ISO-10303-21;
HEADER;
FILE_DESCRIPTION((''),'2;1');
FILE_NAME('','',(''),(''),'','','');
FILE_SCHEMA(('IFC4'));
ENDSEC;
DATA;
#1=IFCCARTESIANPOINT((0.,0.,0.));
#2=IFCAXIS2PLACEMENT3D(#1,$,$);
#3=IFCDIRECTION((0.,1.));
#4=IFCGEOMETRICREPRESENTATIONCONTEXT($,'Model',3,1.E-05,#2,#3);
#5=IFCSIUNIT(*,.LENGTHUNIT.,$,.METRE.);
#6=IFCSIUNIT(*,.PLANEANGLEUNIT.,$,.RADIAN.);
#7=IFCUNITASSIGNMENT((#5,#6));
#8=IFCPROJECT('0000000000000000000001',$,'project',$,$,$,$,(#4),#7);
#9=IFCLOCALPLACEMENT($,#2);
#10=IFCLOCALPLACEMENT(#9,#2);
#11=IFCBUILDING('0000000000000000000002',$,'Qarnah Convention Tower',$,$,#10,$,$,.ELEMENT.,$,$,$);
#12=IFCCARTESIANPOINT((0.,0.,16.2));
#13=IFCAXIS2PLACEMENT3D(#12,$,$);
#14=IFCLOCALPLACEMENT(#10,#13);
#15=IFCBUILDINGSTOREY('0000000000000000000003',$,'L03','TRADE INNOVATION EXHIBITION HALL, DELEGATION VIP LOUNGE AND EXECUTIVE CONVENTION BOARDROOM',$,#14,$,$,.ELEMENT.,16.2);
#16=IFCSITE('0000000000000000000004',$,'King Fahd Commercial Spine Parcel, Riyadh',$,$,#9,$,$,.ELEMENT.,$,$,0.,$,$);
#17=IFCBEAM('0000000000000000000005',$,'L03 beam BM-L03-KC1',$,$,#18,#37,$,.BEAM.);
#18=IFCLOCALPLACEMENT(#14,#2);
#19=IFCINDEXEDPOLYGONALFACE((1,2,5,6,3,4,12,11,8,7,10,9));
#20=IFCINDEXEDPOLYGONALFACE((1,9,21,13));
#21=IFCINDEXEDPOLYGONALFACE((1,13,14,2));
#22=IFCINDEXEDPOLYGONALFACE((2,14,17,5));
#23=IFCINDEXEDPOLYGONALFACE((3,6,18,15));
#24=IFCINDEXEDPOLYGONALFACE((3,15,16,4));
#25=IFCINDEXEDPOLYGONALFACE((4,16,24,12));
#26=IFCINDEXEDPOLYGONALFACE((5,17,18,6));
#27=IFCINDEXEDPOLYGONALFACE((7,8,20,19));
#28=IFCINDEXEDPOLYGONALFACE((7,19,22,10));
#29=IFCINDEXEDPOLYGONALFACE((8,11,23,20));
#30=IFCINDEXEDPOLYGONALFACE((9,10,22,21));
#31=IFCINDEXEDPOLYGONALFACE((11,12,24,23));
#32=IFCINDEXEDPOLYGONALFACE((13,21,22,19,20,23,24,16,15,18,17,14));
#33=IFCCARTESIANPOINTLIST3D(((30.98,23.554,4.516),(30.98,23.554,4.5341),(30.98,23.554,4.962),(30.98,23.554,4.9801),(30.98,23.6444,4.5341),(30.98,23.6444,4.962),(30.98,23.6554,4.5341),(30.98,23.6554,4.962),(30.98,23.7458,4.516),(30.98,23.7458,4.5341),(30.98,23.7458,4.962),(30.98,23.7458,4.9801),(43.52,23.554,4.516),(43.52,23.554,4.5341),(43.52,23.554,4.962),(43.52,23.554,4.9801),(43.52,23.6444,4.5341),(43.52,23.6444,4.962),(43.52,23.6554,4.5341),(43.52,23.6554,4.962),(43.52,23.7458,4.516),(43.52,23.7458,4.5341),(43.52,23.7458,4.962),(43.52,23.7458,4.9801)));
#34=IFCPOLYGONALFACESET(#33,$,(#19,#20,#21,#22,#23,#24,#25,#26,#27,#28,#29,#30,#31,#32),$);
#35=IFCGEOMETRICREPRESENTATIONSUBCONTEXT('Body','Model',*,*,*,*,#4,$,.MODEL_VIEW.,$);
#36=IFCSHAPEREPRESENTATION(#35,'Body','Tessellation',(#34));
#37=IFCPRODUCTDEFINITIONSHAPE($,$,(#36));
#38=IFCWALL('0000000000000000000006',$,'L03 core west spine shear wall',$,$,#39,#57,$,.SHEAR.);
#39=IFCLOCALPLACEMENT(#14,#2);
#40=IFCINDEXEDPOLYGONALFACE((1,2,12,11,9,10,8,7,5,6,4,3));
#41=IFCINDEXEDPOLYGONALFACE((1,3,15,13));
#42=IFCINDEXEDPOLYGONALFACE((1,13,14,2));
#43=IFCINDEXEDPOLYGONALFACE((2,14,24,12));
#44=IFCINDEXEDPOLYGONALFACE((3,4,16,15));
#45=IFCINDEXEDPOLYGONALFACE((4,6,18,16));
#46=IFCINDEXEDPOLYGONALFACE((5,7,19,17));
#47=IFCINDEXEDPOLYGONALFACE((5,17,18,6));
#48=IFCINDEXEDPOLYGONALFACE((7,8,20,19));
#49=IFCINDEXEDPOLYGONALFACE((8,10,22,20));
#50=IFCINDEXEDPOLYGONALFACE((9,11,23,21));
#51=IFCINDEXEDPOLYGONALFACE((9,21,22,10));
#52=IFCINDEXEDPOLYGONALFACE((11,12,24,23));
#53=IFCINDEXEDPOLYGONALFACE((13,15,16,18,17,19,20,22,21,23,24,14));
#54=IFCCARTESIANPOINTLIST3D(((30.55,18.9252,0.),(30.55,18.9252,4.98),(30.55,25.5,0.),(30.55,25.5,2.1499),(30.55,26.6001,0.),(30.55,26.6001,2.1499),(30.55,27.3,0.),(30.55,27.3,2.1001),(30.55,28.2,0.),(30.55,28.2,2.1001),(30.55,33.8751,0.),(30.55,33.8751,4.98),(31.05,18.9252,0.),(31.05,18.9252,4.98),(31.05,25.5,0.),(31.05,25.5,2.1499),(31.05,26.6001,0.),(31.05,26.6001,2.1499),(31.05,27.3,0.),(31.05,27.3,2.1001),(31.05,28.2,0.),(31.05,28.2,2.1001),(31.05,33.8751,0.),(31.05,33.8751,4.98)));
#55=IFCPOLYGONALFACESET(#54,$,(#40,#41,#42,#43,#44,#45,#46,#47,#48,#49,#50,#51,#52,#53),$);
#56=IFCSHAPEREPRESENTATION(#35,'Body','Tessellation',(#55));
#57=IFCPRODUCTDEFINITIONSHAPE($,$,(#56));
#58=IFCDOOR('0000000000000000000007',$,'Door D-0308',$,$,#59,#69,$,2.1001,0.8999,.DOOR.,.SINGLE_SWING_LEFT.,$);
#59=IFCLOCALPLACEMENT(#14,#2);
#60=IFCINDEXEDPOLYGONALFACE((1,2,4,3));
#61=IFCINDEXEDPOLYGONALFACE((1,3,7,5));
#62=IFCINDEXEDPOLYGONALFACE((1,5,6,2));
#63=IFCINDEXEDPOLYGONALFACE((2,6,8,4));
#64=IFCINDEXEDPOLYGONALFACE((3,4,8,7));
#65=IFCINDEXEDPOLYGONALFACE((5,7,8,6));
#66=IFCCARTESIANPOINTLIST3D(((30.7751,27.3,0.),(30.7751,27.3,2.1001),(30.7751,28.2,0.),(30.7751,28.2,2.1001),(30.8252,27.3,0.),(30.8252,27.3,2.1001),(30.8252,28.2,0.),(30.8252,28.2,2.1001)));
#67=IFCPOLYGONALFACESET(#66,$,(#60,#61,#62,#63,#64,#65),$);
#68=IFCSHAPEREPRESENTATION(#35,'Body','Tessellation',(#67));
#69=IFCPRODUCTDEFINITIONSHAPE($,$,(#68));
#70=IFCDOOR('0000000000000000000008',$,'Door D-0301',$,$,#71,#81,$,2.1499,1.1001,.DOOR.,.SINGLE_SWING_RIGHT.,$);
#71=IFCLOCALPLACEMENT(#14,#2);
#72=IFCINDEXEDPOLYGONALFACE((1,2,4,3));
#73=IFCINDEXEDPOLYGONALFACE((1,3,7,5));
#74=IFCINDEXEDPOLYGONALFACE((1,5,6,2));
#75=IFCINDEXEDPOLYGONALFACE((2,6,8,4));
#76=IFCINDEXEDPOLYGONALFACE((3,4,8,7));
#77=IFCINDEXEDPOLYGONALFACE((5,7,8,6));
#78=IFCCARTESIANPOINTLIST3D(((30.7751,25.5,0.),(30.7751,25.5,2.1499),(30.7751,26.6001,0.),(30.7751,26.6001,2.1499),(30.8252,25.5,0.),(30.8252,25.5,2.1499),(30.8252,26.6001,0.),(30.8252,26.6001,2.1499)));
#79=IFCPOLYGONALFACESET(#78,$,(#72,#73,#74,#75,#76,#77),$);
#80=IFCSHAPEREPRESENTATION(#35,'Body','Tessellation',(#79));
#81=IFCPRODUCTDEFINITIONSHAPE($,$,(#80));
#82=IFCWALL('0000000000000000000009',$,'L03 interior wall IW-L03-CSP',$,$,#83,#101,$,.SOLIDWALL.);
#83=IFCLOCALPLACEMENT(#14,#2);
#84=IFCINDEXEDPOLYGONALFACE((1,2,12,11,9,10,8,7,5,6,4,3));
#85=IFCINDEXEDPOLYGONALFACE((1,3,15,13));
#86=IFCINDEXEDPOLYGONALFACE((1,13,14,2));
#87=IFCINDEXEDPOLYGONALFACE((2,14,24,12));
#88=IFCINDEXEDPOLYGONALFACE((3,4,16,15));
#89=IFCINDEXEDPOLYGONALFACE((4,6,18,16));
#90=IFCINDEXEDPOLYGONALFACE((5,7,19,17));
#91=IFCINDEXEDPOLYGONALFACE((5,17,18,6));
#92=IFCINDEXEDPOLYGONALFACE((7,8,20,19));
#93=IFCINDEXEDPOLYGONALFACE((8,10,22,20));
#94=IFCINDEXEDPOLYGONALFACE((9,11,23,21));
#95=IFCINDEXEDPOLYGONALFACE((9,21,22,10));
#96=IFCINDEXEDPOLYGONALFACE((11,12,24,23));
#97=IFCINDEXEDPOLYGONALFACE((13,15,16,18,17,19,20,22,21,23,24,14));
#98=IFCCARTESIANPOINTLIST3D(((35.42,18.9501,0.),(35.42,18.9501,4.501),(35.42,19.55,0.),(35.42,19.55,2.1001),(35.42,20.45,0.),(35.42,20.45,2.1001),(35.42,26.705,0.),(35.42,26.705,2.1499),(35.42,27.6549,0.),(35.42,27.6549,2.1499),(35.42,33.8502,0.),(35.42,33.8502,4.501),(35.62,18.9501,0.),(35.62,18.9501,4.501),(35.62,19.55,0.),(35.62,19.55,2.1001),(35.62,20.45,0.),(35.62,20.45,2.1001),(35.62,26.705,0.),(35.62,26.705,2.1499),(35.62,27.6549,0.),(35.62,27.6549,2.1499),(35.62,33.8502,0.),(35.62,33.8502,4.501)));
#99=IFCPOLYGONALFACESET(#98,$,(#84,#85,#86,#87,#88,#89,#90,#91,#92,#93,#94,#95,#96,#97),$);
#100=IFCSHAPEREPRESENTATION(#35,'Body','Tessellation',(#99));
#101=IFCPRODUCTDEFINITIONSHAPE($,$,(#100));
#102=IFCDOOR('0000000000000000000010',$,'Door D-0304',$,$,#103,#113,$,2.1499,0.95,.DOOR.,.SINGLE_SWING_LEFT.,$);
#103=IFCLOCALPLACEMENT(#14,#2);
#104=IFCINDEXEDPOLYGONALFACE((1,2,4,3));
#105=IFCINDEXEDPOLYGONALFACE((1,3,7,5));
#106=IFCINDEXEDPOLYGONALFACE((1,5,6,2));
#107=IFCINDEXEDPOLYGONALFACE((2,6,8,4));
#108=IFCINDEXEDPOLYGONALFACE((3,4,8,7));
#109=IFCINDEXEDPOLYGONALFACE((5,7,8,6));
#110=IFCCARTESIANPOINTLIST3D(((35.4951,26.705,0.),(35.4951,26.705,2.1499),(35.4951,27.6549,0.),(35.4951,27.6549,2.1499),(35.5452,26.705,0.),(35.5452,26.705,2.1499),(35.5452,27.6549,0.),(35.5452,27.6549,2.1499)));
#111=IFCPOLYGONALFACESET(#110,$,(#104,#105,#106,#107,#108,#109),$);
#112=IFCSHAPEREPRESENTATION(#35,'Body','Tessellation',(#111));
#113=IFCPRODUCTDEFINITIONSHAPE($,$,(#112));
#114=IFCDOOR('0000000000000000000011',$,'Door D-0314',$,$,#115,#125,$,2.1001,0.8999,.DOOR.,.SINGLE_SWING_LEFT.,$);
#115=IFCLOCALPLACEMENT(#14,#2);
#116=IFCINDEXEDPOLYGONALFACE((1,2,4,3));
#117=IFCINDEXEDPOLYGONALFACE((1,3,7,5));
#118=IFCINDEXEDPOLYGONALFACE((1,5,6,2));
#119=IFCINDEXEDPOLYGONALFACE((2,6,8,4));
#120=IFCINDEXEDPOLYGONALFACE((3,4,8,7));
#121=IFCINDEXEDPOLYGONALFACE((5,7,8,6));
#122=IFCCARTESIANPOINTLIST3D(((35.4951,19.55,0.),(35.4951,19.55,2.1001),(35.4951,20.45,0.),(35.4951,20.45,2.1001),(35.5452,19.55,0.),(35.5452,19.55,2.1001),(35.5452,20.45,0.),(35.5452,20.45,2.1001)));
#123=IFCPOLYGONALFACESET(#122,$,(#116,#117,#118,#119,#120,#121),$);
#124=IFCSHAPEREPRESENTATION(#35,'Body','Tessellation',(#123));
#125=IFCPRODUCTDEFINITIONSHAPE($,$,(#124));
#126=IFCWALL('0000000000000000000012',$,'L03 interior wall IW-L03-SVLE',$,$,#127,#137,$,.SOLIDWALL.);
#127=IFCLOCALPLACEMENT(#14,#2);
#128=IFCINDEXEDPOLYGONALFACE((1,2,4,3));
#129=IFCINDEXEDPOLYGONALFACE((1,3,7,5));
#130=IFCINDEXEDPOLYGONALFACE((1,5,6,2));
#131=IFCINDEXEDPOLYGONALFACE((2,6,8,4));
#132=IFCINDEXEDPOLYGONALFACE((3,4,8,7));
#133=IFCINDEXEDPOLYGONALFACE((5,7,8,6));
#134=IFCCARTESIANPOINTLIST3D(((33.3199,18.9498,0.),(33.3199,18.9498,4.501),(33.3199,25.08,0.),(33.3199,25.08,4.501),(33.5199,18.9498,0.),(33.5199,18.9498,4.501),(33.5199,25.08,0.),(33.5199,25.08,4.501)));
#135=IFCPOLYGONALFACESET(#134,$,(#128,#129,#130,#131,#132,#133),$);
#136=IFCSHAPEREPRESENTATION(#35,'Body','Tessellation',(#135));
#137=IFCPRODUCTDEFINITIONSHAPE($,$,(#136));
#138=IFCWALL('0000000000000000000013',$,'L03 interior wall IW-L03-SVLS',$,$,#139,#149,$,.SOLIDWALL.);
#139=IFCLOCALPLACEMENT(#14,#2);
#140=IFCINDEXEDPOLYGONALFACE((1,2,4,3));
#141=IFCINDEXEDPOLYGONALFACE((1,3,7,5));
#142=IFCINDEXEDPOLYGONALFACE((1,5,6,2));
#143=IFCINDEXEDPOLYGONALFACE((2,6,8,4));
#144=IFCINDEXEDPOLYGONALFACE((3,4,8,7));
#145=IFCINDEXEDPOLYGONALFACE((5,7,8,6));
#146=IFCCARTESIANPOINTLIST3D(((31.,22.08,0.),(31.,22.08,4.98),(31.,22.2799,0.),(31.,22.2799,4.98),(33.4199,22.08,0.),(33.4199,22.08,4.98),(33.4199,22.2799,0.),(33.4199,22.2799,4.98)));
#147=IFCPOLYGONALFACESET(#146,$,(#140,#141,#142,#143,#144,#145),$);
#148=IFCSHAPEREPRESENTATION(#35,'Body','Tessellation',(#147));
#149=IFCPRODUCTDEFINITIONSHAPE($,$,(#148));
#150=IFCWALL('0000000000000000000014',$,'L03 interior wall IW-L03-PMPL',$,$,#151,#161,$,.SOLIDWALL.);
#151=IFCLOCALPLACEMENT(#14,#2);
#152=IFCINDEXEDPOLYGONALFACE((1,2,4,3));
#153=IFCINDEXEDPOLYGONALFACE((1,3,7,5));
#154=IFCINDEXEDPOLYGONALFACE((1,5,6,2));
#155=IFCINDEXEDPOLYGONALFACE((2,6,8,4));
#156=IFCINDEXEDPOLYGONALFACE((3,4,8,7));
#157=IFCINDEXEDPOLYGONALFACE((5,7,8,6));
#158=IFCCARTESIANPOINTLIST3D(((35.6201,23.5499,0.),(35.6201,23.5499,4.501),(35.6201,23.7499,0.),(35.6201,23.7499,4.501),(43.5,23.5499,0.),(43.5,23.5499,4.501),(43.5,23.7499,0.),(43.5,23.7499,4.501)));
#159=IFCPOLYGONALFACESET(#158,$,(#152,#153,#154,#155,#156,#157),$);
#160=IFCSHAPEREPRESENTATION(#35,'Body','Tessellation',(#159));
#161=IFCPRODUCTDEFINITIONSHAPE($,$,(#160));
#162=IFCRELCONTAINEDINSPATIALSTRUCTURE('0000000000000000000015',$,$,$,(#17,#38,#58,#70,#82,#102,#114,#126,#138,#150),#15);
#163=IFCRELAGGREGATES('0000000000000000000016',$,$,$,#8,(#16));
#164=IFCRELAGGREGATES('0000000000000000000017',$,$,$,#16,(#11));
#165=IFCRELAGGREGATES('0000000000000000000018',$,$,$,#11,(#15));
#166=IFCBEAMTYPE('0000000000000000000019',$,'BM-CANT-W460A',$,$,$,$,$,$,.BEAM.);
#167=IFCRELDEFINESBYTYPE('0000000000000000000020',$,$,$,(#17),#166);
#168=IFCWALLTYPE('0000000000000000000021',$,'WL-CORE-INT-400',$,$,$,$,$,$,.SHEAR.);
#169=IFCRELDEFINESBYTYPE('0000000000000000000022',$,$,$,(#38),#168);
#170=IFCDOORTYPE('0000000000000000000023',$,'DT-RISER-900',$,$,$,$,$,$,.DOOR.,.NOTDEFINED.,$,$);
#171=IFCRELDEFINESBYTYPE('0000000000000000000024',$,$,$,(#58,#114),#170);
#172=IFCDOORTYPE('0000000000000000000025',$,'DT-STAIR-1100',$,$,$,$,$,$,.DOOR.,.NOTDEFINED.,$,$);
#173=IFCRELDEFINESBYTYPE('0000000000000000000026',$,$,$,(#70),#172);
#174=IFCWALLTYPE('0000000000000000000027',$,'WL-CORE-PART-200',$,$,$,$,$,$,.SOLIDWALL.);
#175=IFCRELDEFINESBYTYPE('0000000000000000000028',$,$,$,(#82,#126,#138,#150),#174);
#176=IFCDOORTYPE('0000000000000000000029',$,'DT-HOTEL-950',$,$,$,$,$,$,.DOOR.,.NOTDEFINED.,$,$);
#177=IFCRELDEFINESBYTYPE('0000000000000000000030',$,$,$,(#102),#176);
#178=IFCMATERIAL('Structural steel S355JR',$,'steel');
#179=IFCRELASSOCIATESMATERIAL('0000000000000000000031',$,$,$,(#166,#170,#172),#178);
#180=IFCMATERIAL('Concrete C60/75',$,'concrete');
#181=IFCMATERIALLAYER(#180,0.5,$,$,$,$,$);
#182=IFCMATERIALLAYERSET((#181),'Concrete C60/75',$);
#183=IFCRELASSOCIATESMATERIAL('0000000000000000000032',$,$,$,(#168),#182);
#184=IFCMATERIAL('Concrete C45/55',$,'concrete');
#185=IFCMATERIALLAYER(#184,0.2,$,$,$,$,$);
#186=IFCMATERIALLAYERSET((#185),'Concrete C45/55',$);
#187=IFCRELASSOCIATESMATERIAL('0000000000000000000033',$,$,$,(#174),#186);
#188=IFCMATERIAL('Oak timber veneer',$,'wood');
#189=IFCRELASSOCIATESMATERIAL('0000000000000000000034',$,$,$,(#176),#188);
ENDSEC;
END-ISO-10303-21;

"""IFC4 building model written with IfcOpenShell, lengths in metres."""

from ifc_helpers import new_model, si_unit, direction, frame, frame_2d, origin, origin_2d, place, context, subcontext, project, spatial, rectangle, i_section, extrude, material, layer, layer_set, material_profile, profile_set, type_object, element, fill, save


model = new_model("IFC4")

# Units and contexts
model_context = context("Model", 3, precision=1e-05, world=origin(), true_north=direction((0.0, 1.0)))
body_context = subcontext(model_context, "Body", "Model", "MODEL_VIEW")
ifc_project = project(units=[si_unit("LENGTHUNIT", "METRE"), si_unit("PLANEANGLEUNIT", "RADIAN")], contexts=[model_context])

# Site, building, storey
site_placement = place(None, origin())
site = spatial("IfcSite", under=ifc_project, at=site_placement, Name="King Fahd Commercial Spine Parcel, Riyadh", CompositionType="ELEMENT", RefElevation=0.0)
building_placement = place(site_placement, origin())
building = spatial("IfcBuilding", under=site, at=building_placement, Name="Qarnah Convention Tower", CompositionType="ELEMENT")
storey_placement = place(building_placement, frame((0.0, 0.0, 16.2)))
storey = spatial("IfcBuildingStorey", under=building, at=storey_placement, Name="L03", Description="TRADE INNOVATION EXHIBITION HALL, DELEGATION VIP LOUNGE AND EXECUTIVE CONVENTION BOARDROOM", CompositionType="ELEMENT", Elevation=16.2)

# Beam
ifc_material_1 = material(Name="Structural steel S355JR", Category="steel")
ifc_material_profile = material_profile(ifc_material_1, i_section(OverallWidth=0.1919, OverallDepth=0.4641, WebThickness=0.011, FlangeThickness=0.0181, at=origin_2d()), Name="W460X89")
ifc_profile_set = profile_set([ifc_material_profile], Name="Structural steel S355JR")
beam_type = type_object("IfcBeamType", Name="BM-CANT-W460A", PredefinedType="BEAM", material=ifc_profile_set)
beam_placement = place(storey_placement, frame((30.98, 23.6499, 4.748), z_axis=(1.0, 0.0, 0.0), x_axis=(0.0, 1.0, 0.0)))
element("IfcBeam", 1, at=beam_placement, inside=storey, type_object=beam_type, Name="L03 beam BM-L03-KC1", PredefinedType="BEAM", context=body_context, shape_type="SweptSolid", body=[
    extrude(i_section(OverallWidth=0.1919, OverallDepth=0.4641, WebThickness=0.011, FlangeThickness=0.0181, at=origin_2d()), origin(), (0.0, 0.0, 1.0), 12.54),
])

# Walls, openings, doors
ifc_material_2 = material(Name="Concrete C60/75", Category="concrete")
ifc_layer_1 = layer(ifc_material_2, 0.5)
ifc_layer_set_1 = layer_set([ifc_layer_1], Name="Concrete C60/75")
wall_type_1 = type_object("IfcWallType", Name="WL-CORE-INT-400", PredefinedType="SHEAR", material=ifc_layer_set_1)
wall_1_placement = place(storey_placement, frame((30.8, 18.925, 0.0), z_axis=(0.0, 0.0, 1.0), x_axis=(0.0, 1.0, 0.0)))
wall_1 = element("IfcWall", 2, at=wall_1_placement, inside=storey, type_object=wall_type_1, Name="L03 core west spine shear wall", PredefinedType="SHEAR", context=body_context, shape_type="SweptSolid", body=[
    extrude(rectangle(XDim=14.95, YDim=0.5, at=frame_2d((7.4751, 0.0))), origin(), (0.0, 0.0, 1.0), 4.98),
])
opening_1_placement = place(wall_1_placement, frame((6.575, 0.0, 0.0)))
opening_1 = element("IfcOpeningElement", 3, at=opening_1_placement, cuts=wall_1, PredefinedType="OPENING", context=body_context, shape_type="SweptSolid", body=[
    extrude(rectangle(XDim=1.1001, YDim=2.1499, at=frame_2d((0.55, 1.075))), frame((0.0, 0.26, 0.0), z_axis=(0.0, -1.0, 0.0), x_axis=(1.0, 0.0, 0.0)), (0.0, 0.0, 1.0), 0.52),
])
opening_2_placement = place(wall_1_placement, frame((8.375, 0.0, 0.0)))
opening_2 = element("IfcOpeningElement", 4, at=opening_2_placement, cuts=wall_1, PredefinedType="OPENING", context=body_context, shape_type="SweptSolid", body=[
    extrude(rectangle(XDim=0.8999, YDim=2.1001, at=frame_2d((0.45, 1.05))), frame((0.0, 0.26, 0.0), z_axis=(0.0, -1.0, 0.0), x_axis=(1.0, 0.0, 0.0)), (0.0, 0.0, 1.0), 0.52),
])
door_type_1 = type_object("IfcDoorType", Name="DT-RISER-900", OperationType="NOTDEFINED", PredefinedType="DOOR", material=ifc_material_1)
door_1_placement = place(opening_2_placement, origin())
door_1 = element("IfcDoor", 5, at=door_1_placement, inside=storey, type_object=door_type_1, Name="Door D-0308", OperationType="SINGLE_SWING_LEFT", OverallHeight=2.1001, OverallWidth=0.8999, PredefinedType="DOOR", context=body_context, shape_type="SweptSolid", body=[
    extrude(rectangle(XDim=0.8999, YDim=2.1001, at=frame_2d((0.45, 1.05))), frame((0.0, 0.0249, 0.0), z_axis=(0.0, -1.0, 0.0), x_axis=(1.0, 0.0, 0.0)), (0.0, 0.0, 1.0), 0.05),
])
fill(opening_2, door_1)
door_type_2 = type_object("IfcDoorType", Name="DT-STAIR-1100", OperationType="NOTDEFINED", PredefinedType="DOOR", material=ifc_material_1)
door_2_placement = place(opening_1_placement, origin())
door_2 = element("IfcDoor", 6, at=door_2_placement, inside=storey, type_object=door_type_2, Name="Door D-0301", OperationType="SINGLE_SWING_RIGHT", OverallHeight=2.1499, OverallWidth=1.1001, PredefinedType="DOOR", context=body_context, shape_type="SweptSolid", body=[
    extrude(rectangle(XDim=1.1001, YDim=2.1499, at=frame_2d((0.55, 1.075))), frame((0.0, 0.0249, 0.0), z_axis=(0.0, -1.0, 0.0), x_axis=(1.0, 0.0, 0.0)), (0.0, 0.0, 1.0), 0.05),
])
fill(opening_1, door_2)
ifc_material_3 = material(Name="Concrete C45/55", Category="concrete")
ifc_layer_2 = layer(ifc_material_3, 0.2)
ifc_layer_set_2 = layer_set([ifc_layer_2], Name="Concrete C45/55")
wall_type_2 = type_object("IfcWallType", Name="WL-CORE-PART-200", PredefinedType="SOLIDWALL", material=ifc_layer_set_2)
wall_2_placement = place(storey_placement, frame((35.52, 18.95, 0.0), z_axis=(0.0, 0.0, 1.0), x_axis=(0.0, 1.0, 0.0)))
wall_2 = element("IfcWall", 7, at=wall_2_placement, inside=storey, type_object=wall_type_2, Name="L03 interior wall IW-L03-CSP", PredefinedType="SOLIDWALL", context=body_context, shape_type="SweptSolid", body=[
    extrude(rectangle(XDim=14.9001, YDim=0.2, at=frame_2d((7.4502, 0.0))), origin(), (0.0, 0.0, 1.0), 4.501),
])
opening_3_placement = place(wall_2_placement, frame((7.7549, 0.0, 0.0)))
opening_3 = element("IfcOpeningElement", 8, at=opening_3_placement, cuts=wall_2, PredefinedType="OPENING", context=body_context, shape_type="SweptSolid", body=[
    extrude(rectangle(XDim=0.95, YDim=2.1499, at=frame_2d((0.4751, 1.075))), frame((0.0, 0.1099, 0.0), z_axis=(0.0, -1.0, 0.0), x_axis=(1.0, 0.0, 0.0)), (0.0, 0.0, 1.0), 0.22),
])
opening_4_placement = place(wall_2_placement, frame((0.6001, 0.0, 0.0)))
opening_4 = element("IfcOpeningElement", 9, at=opening_4_placement, cuts=wall_2, PredefinedType="OPENING", context=body_context, shape_type="SweptSolid", body=[
    extrude(rectangle(XDim=0.8999, YDim=2.1001, at=frame_2d((0.45, 1.05))), frame((0.0, 0.1099, 0.0), z_axis=(0.0, -1.0, 0.0), x_axis=(1.0, 0.0, 0.0)), (0.0, 0.0, 1.0), 0.22),
])
ifc_material_4 = material(Name="Oak timber veneer", Category="wood")
door_type_3 = type_object("IfcDoorType", Name="DT-HOTEL-950", OperationType="NOTDEFINED", PredefinedType="DOOR", material=ifc_material_4)
door_3_placement = place(opening_3_placement, origin())
door_3 = element("IfcDoor", 10, at=door_3_placement, inside=storey, type_object=door_type_3, Name="Door D-0304", OperationType="SINGLE_SWING_LEFT", OverallHeight=2.1499, OverallWidth=0.95, PredefinedType="DOOR", context=body_context, shape_type="SweptSolid", body=[
    extrude(rectangle(XDim=0.95, YDim=2.1499, at=frame_2d((0.4751, 1.075))), frame((0.0, 0.0249, 0.0), z_axis=(0.0, -1.0, 0.0), x_axis=(1.0, 0.0, 0.0)), (0.0, 0.0, 1.0), 0.05),
])
fill(opening_3, door_3)
door_4_placement = place(opening_4_placement, origin())
door_4 = element("IfcDoor", 11, at=door_4_placement, inside=storey, type_object=door_type_1, Name="Door D-0314", OperationType="SINGLE_SWING_LEFT", OverallHeight=2.1001, OverallWidth=0.8999, PredefinedType="DOOR", context=body_context, shape_type="SweptSolid", body=[
    extrude(rectangle(XDim=0.8999, YDim=2.1001, at=frame_2d((0.45, 1.05))), frame((0.0, 0.0249, 0.0), z_axis=(0.0, -1.0, 0.0), x_axis=(1.0, 0.0, 0.0)), (0.0, 0.0, 1.0), 0.05),
])
fill(opening_4, door_4)

# Walls
wall_3_placement = place(storey_placement, frame((33.4199, 18.95, 0.0), z_axis=(0.0, 0.0, 1.0), x_axis=(0.0, 1.0, 0.0)))
element("IfcWall", 12, at=wall_3_placement, inside=storey, type_object=wall_type_2, Name="L03 interior wall IW-L03-SVLE", PredefinedType="SOLIDWALL", context=body_context, shape_type="SweptSolid", body=[
    extrude(rectangle(XDim=6.1301, YDim=0.2, at=frame_2d((3.0649, 0.0))), origin(), (0.0, 0.0, 1.0), 4.501),
])
wall_4_placement = place(storey_placement, frame((31.0, 22.1799, 0.0), z_axis=(0.0, 0.0, 1.0), x_axis=(1.0, 0.0, 0.0)))
element("IfcWall", 13, at=wall_4_placement, inside=storey, type_object=wall_type_2, Name="L03 interior wall IW-L03-SVLS", PredefinedType="SOLIDWALL", context=body_context, shape_type="SweptSolid", body=[
    extrude(rectangle(XDim=2.4199, YDim=0.2, at=frame_2d((1.21, 0.0))), origin(), (0.0, 0.0, 1.0), 4.98),
])
wall_5_placement = place(storey_placement, frame((35.6201, 23.6499, 0.0), z_axis=(0.0, 0.0, 1.0), x_axis=(1.0, 0.0, 0.0)))
element("IfcWall", 14, at=wall_5_placement, inside=storey, type_object=wall_type_2, Name="L03 interior wall IW-L03-PMPL", PredefinedType="SOLIDWALL", context=body_context, shape_type="SweptSolid", body=[
    extrude(rectangle(XDim=7.8799, YDim=0.2, at=frame_2d((3.9399, 0.0))), origin(), (0.0, 0.0, 1.0), 4.501),
])

save(model, "model.ifc")
